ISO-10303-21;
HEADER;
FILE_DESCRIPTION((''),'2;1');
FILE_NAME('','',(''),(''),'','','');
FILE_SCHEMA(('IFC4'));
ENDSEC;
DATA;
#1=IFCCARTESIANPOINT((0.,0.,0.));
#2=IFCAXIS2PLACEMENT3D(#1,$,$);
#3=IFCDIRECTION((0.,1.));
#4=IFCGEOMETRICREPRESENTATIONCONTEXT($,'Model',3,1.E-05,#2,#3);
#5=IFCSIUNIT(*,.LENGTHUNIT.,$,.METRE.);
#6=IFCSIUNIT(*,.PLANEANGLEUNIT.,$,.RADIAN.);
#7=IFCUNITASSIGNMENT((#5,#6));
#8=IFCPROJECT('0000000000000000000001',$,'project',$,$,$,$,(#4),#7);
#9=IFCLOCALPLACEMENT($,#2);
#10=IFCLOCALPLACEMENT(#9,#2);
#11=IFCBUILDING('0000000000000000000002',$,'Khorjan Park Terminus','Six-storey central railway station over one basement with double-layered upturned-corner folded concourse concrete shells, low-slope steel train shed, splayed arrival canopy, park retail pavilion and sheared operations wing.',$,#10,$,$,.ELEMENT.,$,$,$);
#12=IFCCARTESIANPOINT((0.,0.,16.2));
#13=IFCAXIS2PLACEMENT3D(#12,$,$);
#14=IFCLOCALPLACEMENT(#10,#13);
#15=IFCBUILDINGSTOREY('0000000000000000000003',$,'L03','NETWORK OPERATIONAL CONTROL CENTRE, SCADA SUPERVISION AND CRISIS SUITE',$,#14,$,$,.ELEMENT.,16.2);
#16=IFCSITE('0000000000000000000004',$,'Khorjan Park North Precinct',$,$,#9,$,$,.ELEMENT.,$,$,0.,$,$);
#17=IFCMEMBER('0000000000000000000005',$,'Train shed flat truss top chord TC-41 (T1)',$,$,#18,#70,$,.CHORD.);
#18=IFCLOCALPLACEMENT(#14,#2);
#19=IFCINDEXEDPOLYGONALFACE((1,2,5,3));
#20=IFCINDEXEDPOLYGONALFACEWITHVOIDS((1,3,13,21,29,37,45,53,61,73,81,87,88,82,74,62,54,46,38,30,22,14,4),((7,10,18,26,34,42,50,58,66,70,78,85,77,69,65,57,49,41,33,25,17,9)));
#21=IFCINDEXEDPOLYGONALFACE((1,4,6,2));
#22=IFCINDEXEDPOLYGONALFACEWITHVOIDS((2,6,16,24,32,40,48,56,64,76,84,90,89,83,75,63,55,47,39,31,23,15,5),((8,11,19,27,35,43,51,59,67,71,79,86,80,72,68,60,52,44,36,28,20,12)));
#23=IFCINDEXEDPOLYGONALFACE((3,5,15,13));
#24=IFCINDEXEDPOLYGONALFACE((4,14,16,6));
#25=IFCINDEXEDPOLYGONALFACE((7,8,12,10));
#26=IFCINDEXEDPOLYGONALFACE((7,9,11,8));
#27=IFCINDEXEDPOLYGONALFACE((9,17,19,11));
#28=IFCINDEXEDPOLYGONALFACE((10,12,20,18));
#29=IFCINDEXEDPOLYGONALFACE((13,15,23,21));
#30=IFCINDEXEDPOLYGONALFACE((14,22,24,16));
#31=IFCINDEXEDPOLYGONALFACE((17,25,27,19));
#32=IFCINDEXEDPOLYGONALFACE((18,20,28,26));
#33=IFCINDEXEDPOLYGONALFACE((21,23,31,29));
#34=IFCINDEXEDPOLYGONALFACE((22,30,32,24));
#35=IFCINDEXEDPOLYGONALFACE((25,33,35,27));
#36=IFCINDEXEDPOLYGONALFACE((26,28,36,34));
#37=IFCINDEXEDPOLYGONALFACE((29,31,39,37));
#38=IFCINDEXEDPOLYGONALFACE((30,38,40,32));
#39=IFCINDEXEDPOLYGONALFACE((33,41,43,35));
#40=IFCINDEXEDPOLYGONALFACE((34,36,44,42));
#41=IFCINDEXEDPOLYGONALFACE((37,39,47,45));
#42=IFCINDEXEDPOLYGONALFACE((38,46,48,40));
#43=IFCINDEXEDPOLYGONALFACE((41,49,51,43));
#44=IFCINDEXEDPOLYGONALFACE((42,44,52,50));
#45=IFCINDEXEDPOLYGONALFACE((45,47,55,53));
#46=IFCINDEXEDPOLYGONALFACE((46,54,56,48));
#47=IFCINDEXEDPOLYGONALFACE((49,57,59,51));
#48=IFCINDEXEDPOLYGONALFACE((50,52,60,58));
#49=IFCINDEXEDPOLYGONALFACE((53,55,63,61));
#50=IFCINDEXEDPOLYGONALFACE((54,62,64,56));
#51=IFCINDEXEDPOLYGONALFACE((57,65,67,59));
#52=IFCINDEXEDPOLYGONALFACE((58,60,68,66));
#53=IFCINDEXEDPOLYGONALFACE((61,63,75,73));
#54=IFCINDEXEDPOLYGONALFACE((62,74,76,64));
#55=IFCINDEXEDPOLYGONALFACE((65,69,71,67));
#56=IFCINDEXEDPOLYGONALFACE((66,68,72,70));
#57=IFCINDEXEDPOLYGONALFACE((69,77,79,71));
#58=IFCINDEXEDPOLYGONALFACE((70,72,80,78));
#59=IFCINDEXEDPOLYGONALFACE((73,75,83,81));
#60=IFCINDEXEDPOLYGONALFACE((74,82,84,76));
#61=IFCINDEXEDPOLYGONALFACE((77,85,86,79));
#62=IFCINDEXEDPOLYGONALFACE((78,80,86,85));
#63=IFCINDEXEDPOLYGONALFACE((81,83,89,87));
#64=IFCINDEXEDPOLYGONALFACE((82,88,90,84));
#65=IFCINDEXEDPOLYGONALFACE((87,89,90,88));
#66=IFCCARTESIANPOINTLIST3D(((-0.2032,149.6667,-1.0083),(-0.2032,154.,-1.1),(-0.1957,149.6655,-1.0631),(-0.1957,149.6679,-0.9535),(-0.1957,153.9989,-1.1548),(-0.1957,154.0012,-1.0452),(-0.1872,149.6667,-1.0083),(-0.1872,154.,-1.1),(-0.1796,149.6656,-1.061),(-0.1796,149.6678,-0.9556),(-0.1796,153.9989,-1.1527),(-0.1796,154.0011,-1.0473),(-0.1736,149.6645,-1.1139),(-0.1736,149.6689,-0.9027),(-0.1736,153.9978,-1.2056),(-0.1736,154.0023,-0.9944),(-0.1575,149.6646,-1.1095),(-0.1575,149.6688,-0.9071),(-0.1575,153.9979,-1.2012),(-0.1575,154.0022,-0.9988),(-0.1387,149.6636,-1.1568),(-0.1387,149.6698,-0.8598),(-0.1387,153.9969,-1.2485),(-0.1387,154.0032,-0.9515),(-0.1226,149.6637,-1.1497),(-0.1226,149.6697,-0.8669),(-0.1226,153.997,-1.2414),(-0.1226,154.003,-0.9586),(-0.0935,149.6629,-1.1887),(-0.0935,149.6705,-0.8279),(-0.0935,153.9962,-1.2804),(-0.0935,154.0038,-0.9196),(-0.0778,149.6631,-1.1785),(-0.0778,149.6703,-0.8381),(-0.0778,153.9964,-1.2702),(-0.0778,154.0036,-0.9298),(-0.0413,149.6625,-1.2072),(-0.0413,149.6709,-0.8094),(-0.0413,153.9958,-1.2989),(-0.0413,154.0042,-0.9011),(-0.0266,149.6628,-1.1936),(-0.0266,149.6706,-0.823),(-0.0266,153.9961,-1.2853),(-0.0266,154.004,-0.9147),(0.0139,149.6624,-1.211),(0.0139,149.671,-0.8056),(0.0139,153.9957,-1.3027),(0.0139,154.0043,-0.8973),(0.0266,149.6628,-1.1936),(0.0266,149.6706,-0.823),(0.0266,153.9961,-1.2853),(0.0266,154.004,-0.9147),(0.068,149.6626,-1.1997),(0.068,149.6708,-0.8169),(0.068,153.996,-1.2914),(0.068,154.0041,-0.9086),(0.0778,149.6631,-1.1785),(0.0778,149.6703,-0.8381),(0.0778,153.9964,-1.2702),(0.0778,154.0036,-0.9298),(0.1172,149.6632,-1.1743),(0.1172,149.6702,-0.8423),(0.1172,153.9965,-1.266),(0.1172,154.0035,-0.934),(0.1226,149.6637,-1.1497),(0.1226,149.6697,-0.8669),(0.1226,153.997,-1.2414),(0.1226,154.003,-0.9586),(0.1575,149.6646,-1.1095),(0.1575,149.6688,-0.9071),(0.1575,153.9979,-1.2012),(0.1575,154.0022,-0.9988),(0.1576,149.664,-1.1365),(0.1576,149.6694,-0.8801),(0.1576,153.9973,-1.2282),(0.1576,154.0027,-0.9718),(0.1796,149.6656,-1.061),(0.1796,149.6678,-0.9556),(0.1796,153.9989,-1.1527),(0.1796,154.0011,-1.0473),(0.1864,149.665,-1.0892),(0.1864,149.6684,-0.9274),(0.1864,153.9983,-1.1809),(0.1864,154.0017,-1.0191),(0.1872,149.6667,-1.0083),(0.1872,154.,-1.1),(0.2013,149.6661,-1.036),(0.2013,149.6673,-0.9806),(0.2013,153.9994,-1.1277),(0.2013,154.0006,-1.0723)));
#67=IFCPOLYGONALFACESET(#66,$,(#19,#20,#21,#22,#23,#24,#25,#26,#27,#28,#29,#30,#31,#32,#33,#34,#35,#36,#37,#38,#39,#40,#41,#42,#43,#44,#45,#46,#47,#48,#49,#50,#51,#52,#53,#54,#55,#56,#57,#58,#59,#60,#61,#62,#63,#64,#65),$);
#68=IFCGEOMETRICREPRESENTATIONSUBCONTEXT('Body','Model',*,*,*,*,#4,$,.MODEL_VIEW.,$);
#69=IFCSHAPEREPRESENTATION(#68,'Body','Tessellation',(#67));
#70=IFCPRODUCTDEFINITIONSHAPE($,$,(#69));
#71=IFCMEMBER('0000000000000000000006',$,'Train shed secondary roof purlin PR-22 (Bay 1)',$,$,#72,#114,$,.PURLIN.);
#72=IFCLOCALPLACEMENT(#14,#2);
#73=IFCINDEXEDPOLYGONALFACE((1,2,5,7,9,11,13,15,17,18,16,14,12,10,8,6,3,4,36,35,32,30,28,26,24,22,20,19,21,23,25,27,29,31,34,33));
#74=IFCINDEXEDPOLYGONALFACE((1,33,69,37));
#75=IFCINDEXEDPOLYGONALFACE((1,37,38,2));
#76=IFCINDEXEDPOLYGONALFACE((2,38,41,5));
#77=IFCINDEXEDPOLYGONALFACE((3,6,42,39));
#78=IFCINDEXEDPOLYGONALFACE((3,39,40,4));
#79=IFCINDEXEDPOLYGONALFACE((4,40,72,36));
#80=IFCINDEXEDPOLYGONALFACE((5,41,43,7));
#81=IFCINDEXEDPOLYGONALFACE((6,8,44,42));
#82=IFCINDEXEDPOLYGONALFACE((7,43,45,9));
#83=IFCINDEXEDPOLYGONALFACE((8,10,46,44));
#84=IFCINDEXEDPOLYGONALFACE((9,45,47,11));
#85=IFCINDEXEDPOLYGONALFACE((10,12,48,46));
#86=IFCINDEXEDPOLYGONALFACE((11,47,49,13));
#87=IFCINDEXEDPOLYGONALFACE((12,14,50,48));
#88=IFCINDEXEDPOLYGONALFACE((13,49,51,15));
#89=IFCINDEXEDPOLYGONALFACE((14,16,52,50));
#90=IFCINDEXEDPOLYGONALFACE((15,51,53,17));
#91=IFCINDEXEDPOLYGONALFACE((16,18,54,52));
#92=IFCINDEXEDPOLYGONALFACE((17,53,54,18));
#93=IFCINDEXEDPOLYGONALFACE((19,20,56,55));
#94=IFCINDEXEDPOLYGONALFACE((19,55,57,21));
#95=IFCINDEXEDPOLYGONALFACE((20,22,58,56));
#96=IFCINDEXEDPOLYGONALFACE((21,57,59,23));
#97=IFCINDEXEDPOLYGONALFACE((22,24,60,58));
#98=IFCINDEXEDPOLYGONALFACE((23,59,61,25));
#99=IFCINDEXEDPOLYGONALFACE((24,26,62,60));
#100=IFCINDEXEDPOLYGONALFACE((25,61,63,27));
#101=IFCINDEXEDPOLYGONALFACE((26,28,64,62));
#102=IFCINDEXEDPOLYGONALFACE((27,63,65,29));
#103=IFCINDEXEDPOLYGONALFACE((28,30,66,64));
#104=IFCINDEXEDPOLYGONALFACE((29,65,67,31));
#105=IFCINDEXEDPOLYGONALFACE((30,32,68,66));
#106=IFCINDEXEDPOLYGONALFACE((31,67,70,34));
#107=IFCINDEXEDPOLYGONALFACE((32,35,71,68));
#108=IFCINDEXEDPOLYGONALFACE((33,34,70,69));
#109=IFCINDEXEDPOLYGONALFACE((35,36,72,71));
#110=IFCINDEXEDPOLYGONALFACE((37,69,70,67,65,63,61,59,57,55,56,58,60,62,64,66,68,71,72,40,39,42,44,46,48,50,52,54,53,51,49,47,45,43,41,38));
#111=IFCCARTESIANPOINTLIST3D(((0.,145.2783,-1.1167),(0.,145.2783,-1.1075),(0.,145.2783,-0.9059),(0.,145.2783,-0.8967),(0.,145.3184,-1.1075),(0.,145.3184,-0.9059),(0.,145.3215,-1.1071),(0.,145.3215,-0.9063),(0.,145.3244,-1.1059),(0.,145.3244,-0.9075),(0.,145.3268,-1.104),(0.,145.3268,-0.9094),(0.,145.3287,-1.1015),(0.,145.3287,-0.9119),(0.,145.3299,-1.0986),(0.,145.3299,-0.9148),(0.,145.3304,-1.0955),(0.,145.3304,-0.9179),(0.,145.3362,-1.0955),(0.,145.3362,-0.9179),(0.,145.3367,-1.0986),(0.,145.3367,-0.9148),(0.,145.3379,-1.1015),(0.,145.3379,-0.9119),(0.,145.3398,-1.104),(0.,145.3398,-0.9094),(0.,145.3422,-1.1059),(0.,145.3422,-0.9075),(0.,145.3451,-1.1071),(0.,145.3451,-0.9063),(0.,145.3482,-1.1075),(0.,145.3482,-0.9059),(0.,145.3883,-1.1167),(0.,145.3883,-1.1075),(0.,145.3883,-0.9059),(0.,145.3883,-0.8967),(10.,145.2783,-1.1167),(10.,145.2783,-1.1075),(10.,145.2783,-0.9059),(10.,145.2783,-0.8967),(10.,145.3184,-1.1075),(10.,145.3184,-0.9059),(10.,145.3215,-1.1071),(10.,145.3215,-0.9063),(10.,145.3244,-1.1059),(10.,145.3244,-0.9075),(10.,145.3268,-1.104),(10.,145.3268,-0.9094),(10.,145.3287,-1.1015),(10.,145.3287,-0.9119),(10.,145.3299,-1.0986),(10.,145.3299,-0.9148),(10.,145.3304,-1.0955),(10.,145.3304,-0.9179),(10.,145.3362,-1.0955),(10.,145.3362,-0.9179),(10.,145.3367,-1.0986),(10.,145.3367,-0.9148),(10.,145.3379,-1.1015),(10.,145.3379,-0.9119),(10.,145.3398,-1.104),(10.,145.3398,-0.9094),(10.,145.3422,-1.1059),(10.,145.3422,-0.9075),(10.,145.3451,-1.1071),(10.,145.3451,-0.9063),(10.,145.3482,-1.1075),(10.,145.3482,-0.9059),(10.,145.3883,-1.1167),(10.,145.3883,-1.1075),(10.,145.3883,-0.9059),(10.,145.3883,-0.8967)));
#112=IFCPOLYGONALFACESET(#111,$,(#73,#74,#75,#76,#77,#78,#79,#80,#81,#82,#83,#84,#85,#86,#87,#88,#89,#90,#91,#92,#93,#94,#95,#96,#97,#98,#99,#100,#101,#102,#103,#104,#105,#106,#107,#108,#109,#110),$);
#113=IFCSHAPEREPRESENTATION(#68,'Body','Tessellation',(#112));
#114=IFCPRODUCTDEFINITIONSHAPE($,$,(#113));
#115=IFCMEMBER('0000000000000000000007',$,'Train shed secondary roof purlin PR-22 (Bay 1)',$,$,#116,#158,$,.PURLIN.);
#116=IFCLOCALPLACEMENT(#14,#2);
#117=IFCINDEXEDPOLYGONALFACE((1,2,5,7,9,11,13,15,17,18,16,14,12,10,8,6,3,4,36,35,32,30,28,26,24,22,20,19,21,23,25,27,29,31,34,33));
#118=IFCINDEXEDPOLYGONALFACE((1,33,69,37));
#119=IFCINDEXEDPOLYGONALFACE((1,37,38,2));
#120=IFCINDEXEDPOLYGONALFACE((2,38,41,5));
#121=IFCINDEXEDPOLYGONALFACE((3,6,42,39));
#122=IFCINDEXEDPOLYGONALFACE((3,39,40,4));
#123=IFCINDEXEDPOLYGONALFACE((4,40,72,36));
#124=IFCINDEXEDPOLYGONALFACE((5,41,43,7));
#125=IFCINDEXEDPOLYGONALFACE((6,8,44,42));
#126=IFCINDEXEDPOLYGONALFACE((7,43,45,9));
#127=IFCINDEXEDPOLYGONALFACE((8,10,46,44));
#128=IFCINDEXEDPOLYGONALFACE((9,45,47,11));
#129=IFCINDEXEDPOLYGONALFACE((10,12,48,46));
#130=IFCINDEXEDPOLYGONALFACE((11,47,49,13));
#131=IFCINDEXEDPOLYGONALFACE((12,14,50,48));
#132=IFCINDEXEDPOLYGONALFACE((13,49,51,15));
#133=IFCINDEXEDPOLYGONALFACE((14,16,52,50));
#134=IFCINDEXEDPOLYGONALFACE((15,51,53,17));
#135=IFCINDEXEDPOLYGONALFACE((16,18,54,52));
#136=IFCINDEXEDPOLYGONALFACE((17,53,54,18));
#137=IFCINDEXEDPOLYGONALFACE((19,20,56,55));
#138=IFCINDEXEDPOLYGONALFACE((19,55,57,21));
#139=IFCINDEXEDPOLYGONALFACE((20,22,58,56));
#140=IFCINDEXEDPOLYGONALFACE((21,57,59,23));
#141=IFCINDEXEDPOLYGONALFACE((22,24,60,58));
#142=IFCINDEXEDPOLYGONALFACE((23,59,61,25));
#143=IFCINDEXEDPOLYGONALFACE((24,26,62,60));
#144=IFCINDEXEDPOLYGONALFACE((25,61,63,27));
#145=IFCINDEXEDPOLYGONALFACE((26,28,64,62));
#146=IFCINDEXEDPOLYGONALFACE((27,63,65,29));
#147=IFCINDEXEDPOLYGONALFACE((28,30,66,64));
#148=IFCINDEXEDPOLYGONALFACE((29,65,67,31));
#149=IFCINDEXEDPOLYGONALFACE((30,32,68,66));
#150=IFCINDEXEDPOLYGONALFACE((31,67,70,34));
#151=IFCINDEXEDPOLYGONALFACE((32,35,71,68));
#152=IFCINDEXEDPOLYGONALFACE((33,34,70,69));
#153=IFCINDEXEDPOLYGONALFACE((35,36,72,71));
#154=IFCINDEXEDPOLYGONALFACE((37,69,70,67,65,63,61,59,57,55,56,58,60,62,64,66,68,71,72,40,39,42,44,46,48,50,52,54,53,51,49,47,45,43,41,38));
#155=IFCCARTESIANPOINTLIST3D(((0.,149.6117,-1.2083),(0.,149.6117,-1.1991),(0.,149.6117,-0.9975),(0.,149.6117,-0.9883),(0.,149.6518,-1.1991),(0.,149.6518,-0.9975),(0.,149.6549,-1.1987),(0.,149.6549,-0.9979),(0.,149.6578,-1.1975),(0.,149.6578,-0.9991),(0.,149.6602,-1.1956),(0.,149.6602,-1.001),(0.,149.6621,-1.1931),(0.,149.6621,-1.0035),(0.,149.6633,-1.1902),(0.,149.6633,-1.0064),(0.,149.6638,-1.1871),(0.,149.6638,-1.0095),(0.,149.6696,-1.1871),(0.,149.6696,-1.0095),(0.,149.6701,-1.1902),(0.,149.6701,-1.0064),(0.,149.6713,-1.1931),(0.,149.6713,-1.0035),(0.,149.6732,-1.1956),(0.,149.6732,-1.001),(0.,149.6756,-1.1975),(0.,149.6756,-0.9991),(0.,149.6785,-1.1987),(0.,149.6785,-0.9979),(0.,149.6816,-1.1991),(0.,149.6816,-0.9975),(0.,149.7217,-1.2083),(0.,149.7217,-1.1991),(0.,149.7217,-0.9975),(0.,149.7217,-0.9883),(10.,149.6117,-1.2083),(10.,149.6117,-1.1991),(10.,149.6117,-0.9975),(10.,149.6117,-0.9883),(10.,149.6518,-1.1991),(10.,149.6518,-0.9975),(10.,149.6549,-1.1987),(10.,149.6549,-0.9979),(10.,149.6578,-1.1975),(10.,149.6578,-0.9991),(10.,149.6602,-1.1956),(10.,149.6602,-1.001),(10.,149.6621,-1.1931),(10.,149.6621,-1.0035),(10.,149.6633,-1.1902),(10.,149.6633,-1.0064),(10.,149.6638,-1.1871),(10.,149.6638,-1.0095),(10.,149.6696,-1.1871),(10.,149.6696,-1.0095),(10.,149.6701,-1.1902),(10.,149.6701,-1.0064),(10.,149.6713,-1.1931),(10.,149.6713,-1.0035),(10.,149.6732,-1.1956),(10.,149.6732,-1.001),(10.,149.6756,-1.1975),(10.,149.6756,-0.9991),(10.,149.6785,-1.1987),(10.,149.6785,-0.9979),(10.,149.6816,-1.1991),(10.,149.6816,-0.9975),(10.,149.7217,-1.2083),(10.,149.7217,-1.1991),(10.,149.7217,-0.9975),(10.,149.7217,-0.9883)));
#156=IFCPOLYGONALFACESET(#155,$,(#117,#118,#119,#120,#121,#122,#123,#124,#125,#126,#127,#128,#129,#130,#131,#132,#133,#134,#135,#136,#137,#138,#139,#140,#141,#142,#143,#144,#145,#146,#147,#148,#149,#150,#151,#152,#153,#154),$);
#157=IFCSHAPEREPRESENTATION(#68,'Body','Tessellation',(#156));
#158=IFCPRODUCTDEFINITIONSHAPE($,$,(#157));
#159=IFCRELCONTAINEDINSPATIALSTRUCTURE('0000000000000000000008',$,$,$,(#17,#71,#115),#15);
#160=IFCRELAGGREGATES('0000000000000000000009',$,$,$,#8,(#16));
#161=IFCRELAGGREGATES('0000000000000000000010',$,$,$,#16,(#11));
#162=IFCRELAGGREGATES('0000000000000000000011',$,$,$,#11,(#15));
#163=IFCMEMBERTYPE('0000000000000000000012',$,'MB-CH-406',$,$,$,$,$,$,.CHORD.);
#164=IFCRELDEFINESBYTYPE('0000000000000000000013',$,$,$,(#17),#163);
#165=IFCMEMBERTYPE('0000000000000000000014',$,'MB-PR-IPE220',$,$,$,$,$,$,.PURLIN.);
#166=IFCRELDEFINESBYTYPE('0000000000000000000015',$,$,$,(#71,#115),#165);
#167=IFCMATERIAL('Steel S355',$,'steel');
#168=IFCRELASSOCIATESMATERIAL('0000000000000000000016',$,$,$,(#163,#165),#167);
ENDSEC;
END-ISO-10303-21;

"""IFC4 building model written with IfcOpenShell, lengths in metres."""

from ifc_helpers import new_model, si_unit, direction, frame, origin, origin_2d, place, context, subcontext, project, spatial, hollow_circle, i_section, extrude, material, material_profile, profile_set, type_object, element, save


model = new_model("IFC4")

# Units and contexts
model_context = context("Model", 3, precision=1e-05, world=origin(), true_north=direction((0.0, 1.0)))
body_context = subcontext(model_context, "Body", "Model", "MODEL_VIEW")
ifc_project = project(units=[si_unit("LENGTHUNIT", "METRE"), si_unit("PLANEANGLEUNIT", "RADIAN")], contexts=[model_context])

# Site, building, storey
site_placement = place(None, origin())
site = spatial("IfcSite", under=ifc_project, at=site_placement, Name="Khorjan Park North Precinct", CompositionType="ELEMENT", RefElevation=0.0)
building_placement = place(site_placement, origin())
building = spatial("IfcBuilding", under=site, at=building_placement, Name="Khorjan Park Terminus", Description="Six-storey central railway station over one basement with double-layered upturned-corner folded concourse concrete shells, low-slope steel train shed, splayed arrival canopy, park retail pavilion and sheared operations wing.", CompositionType="ELEMENT")
storey_placement = place(building_placement, frame((0.0, 0.0, 16.2)))
storey = spatial("IfcBuildingStorey", under=building, at=storey_placement, Name="L03", Description="NETWORK OPERATIONAL CONTROL CENTRE, SCADA SUPERVISION AND CRISIS SUITE", CompositionType="ELEMENT", Elevation=16.2)

# Members
ifc_material = material(Name="Steel S355", Category="steel")
ifc_material_profile_1 = material_profile(ifc_material, hollow_circle(Radius=0.2032, WallThickness=0.016, at=origin_2d()), Name="CHS 406.4x16")
ifc_profile_set_1 = profile_set([ifc_material_profile_1], Name="Steel S355")
member_type_1 = type_object("IfcMemberType", Name="MB-CH-406", PredefinedType="CHORD", material=ifc_profile_set_1)
member_1_placement = place(storey_placement, frame((0.0, 149.6667, -1.0083), z_axis=(0.0, 0.999776, -0.021157), x_axis=(-1.0, 0.0, 0.0)))
element("IfcMember", 1, at=member_1_placement, inside=storey, type_object=member_type_1, Name="Train shed flat truss top chord TC-41 (T1)", PredefinedType="CHORD", context=body_context, shape_type="SweptSolid", body=[
    extrude(hollow_circle(Radius=0.2032, WallThickness=0.016, at=origin_2d()), origin(), (0.0, 0.0, 1.0), 4.3343),
])
ifc_material_profile_2 = material_profile(ifc_material, i_section(OverallWidth=0.11, OverallDepth=0.22, WebThickness=0.0059, FlangeThickness=0.0092, FilletRadius=0.012, at=origin_2d()), Name="IPE 220")
ifc_profile_set_2 = profile_set([ifc_material_profile_2], Name="Steel S355")
member_type_2 = type_object("IfcMemberType", Name="MB-PR-IPE220", PredefinedType="PURLIN", material=ifc_profile_set_2)
for number, where, z_axis, x_axis, name in (
    (2, (0.0, 145.3333, -1.0067), (1.0, 0.0, 0.0), (0.0, 1.0, 0.0), "Train shed secondary roof purlin PR-22 (Bay 1)"),
    (3, (0.0, 149.6667, -1.0983), (1.0, 0.0, 0.0), (0.0, 1.0, 0.0), "Train shed secondary roof purlin PR-22 (Bay 1)"),
):
    element("IfcMember", number, at=place(storey_placement, frame(where, z_axis=z_axis, x_axis=x_axis)), inside=storey, type_object=member_type_2, Name=name, PredefinedType="PURLIN", context=body_context, shape_type="SweptSolid", body=[
        extrude(i_section(OverallWidth=0.11, OverallDepth=0.22, WebThickness=0.0059, FlangeThickness=0.0092, FilletRadius=0.012, at=origin_2d()), origin(), (0.0, 0.0, 1.0), 10.0),
    ])

save(model, "model.ifc")
